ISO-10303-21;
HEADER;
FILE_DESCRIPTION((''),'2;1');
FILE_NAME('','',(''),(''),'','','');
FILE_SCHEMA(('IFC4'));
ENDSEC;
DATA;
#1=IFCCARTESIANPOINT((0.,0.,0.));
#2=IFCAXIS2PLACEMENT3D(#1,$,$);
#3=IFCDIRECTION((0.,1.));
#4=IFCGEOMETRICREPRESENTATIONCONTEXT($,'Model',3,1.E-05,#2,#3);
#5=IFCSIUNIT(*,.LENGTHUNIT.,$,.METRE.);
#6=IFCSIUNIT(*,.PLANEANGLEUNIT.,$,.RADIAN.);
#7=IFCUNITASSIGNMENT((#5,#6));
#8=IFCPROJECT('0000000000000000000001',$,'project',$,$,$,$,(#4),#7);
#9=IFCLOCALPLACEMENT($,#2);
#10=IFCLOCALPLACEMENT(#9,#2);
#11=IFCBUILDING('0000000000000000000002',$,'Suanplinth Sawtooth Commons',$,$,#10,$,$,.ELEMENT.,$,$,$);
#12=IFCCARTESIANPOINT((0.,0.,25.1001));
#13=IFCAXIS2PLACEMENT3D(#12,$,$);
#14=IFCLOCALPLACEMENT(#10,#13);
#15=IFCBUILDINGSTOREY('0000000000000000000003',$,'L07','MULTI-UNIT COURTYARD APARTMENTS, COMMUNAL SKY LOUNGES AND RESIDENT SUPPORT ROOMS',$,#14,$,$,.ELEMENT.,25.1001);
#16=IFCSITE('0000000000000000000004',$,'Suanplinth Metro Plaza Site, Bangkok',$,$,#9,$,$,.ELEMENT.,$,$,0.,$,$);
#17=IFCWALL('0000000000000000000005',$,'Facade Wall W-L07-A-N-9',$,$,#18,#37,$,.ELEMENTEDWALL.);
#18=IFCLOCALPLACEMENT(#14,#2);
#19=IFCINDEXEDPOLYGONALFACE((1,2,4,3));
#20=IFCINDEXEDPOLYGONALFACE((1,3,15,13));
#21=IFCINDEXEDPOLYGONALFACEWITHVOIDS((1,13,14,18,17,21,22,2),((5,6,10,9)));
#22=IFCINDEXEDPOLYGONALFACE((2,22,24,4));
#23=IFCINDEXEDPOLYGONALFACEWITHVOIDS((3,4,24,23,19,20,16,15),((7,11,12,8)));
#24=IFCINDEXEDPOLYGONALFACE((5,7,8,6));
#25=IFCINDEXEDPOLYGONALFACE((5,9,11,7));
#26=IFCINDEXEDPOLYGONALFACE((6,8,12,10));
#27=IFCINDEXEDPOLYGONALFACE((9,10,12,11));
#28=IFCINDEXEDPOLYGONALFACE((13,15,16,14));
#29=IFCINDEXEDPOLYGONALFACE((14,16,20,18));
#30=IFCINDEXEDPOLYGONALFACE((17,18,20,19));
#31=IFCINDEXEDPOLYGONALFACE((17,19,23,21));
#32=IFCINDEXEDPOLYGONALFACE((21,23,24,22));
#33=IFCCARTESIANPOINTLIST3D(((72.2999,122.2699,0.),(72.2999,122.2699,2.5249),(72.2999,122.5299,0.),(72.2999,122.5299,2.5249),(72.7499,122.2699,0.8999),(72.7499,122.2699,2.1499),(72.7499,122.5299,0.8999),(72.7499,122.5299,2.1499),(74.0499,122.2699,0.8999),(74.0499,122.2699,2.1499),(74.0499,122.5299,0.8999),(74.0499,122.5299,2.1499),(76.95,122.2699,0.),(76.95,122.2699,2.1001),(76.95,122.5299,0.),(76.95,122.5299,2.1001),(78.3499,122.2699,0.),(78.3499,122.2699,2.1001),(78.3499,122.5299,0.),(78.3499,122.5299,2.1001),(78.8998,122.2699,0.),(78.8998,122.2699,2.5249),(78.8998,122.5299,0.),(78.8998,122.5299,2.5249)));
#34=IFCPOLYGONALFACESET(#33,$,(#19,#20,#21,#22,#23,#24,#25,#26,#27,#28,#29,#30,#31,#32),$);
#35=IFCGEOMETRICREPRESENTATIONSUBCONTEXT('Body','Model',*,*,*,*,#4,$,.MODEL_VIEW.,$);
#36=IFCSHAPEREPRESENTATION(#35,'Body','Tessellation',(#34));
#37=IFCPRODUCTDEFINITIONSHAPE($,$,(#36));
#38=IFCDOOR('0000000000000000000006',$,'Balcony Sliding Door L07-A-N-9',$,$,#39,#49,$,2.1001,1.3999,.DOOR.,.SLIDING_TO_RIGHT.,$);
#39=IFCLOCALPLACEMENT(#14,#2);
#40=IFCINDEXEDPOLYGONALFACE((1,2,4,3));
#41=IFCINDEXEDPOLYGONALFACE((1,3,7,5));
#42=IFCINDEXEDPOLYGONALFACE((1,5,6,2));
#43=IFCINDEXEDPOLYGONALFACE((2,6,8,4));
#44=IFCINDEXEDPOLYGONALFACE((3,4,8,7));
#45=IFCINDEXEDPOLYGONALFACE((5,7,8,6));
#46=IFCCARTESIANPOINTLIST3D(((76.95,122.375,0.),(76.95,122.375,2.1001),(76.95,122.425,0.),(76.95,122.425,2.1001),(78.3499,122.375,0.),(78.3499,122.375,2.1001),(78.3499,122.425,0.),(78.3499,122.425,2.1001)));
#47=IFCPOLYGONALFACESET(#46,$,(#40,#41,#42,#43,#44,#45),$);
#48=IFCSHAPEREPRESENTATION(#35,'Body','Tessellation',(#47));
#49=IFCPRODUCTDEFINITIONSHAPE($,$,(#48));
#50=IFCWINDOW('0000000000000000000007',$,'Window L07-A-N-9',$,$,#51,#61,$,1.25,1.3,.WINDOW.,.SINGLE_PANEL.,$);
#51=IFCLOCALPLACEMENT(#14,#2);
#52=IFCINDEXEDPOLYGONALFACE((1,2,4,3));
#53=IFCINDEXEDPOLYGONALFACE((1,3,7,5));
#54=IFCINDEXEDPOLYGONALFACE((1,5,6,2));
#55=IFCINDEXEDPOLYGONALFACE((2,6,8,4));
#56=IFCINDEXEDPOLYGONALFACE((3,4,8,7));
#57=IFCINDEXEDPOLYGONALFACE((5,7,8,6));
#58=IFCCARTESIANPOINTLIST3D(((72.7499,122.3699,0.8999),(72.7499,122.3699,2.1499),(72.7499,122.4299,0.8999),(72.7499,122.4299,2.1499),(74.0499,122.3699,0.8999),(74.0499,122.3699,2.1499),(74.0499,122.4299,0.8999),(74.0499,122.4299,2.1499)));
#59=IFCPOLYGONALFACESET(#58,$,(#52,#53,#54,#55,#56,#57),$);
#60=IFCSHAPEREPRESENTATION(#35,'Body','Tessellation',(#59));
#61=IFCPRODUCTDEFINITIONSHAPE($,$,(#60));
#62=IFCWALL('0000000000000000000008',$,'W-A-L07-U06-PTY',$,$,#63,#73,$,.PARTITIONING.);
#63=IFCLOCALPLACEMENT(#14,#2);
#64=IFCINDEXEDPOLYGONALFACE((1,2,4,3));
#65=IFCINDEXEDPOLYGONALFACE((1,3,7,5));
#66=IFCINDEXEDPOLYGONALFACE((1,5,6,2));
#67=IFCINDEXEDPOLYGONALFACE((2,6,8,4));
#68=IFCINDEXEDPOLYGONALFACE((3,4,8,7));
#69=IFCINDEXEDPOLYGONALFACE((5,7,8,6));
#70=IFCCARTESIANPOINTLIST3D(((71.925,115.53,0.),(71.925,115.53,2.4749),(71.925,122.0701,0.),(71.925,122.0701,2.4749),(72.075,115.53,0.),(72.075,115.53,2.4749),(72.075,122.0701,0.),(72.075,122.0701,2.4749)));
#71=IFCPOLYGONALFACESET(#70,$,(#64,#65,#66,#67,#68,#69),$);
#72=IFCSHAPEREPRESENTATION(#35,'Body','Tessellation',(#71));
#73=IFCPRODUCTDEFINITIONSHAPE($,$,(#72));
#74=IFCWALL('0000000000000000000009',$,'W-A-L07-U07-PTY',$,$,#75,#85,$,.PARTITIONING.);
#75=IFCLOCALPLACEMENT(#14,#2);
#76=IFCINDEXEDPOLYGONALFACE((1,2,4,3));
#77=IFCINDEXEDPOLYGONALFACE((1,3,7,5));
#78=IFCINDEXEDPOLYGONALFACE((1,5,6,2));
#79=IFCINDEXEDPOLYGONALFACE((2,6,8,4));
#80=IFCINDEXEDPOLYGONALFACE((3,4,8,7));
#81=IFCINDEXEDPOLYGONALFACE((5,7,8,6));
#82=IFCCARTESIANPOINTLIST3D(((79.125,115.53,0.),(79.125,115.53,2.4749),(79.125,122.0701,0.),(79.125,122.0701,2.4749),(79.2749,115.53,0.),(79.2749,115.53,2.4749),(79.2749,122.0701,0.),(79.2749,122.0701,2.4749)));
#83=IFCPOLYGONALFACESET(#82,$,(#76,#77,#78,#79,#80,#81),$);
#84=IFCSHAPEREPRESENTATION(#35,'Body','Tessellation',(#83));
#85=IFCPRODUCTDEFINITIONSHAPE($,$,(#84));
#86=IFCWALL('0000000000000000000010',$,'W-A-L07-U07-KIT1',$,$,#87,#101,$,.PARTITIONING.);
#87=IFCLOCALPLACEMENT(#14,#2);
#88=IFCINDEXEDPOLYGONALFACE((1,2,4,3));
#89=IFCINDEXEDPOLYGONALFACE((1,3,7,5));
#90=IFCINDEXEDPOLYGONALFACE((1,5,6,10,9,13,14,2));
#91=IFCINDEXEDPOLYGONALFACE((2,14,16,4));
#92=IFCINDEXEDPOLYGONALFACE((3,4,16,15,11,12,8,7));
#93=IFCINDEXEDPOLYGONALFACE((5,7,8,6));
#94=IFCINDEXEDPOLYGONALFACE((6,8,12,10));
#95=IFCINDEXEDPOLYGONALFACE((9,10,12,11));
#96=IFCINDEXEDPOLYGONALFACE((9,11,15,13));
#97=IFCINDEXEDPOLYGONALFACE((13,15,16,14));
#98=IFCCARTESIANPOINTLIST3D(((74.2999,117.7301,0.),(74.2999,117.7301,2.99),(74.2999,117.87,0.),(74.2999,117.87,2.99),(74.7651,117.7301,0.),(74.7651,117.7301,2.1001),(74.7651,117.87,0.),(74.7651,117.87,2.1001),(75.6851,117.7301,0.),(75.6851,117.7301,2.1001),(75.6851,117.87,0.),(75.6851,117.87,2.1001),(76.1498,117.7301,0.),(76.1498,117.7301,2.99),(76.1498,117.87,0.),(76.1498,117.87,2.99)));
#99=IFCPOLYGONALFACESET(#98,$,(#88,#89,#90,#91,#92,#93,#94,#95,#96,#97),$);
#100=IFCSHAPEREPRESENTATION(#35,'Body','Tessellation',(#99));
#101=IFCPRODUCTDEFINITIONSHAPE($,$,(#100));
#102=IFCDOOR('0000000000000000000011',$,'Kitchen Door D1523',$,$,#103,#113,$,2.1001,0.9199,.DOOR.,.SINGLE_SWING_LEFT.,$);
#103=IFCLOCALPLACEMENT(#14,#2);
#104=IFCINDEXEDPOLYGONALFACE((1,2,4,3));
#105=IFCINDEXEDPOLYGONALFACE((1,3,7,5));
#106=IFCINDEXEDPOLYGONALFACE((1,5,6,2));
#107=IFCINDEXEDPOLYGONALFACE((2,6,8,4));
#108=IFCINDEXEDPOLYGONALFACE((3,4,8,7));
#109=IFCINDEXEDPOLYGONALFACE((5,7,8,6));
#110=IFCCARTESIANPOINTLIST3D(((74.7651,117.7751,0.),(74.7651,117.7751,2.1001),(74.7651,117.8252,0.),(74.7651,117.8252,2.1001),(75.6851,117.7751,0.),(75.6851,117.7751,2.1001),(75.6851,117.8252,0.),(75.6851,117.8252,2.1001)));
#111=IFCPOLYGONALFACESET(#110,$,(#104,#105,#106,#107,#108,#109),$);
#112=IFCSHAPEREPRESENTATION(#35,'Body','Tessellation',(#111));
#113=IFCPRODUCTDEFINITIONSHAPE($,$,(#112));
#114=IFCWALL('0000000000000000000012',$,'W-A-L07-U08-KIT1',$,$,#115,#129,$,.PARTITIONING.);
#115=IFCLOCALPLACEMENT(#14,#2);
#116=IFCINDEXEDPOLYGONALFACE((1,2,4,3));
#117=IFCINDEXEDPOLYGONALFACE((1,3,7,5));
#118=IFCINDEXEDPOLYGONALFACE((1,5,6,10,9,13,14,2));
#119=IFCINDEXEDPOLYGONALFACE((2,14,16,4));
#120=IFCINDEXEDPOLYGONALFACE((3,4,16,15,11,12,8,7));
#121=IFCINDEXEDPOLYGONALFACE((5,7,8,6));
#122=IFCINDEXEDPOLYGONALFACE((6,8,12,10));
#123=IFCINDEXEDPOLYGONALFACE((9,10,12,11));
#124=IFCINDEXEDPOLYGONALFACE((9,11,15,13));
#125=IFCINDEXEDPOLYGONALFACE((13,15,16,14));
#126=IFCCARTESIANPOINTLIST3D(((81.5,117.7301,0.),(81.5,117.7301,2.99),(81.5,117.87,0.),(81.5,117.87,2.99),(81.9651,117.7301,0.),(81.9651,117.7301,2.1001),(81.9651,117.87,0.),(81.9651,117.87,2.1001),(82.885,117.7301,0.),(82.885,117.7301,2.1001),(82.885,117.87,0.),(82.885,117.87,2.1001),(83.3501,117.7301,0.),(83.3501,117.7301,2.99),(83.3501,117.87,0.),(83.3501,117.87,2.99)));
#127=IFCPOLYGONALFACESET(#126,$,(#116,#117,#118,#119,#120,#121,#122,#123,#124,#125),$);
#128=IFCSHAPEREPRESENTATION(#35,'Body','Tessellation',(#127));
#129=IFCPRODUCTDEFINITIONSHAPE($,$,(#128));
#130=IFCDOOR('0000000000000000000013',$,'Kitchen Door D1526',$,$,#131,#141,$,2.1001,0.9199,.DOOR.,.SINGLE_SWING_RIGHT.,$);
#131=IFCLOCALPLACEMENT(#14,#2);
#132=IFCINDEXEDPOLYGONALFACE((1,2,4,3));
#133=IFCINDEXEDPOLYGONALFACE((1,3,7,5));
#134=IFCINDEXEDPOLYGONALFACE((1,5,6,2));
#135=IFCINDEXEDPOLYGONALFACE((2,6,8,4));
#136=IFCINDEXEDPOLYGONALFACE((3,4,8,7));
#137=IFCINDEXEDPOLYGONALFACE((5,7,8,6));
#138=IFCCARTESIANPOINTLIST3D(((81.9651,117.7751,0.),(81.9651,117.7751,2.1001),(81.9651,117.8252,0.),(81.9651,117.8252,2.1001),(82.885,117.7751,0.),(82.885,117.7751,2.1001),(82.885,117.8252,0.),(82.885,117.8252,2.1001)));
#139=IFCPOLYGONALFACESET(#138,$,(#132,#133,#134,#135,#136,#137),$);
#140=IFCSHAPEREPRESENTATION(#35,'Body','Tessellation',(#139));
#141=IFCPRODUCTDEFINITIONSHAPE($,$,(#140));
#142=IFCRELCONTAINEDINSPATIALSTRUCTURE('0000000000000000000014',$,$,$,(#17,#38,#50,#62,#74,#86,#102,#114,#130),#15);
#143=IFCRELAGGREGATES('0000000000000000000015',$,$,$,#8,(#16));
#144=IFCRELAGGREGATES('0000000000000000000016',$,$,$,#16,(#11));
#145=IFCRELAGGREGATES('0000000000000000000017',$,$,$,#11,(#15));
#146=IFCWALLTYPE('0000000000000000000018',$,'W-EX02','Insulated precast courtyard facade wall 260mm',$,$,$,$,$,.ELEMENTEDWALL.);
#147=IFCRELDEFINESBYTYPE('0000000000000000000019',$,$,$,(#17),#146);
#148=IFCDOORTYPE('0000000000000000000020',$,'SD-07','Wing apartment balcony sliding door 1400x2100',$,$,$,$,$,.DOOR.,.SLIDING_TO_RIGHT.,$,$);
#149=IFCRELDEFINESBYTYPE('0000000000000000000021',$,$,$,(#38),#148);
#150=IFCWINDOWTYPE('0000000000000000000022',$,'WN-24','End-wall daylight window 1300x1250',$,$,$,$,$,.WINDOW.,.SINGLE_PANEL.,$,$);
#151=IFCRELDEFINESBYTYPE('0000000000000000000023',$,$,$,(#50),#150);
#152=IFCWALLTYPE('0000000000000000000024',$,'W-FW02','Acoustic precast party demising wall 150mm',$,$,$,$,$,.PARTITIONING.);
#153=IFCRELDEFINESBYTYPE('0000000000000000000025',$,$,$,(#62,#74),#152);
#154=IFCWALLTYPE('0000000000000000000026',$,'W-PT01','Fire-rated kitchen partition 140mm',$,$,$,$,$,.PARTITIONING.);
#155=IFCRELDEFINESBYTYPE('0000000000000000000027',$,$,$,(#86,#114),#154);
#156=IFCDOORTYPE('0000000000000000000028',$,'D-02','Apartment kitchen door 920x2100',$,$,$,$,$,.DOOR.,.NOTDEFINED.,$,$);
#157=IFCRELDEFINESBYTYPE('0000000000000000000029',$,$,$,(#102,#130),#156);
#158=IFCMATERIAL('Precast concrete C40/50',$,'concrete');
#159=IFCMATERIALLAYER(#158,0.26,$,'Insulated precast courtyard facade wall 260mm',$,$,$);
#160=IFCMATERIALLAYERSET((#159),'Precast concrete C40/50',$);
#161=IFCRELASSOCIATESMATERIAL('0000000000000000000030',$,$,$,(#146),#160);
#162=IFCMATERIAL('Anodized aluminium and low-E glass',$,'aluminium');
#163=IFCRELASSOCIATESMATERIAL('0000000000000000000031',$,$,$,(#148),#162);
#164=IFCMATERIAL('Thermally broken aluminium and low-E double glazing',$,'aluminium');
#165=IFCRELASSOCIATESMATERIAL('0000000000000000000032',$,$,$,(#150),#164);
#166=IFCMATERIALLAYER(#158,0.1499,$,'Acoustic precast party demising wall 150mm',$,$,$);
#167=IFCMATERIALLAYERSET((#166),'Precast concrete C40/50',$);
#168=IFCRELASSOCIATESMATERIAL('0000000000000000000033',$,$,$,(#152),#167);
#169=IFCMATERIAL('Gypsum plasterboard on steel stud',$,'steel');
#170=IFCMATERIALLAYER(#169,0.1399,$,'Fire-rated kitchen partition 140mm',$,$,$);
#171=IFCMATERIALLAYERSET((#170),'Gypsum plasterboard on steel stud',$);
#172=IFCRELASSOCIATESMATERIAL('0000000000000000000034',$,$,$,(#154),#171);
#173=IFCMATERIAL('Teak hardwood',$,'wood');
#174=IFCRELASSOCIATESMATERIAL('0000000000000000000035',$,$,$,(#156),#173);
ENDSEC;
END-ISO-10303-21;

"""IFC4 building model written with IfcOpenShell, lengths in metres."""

from ifc_helpers import new_model, si_unit, direction, frame, frame_2d, origin, place, context, subcontext, project, spatial, rectangle, extrude, material, layer, layer_set, type_object, element, fill, save


model = new_model("IFC4")

# Units and contexts
model_context = context("Model", 3, precision=1e-05, world=origin(), true_north=direction((0.0, 1.0)))
body_context = subcontext(model_context, "Body", "Model", "MODEL_VIEW")
ifc_project = project(units=[si_unit("LENGTHUNIT", "METRE"), si_unit("PLANEANGLEUNIT", "RADIAN")], contexts=[model_context])

# Site, building, storey
site_placement = place(None, origin())
site = spatial("IfcSite", under=ifc_project, at=site_placement, Name="Suanplinth Metro Plaza Site, Bangkok", CompositionType="ELEMENT", RefElevation=0.0)
building_placement = place(site_placement, origin())
building = spatial("IfcBuilding", under=site, at=building_placement, Name="Suanplinth Sawtooth Commons", CompositionType="ELEMENT")
storey_placement = place(building_placement, frame((0.0, 0.0, 25.1001)))
storey = spatial("IfcBuildingStorey", under=building, at=storey_placement, Name="L07", Description="MULTI-UNIT COURTYARD APARTMENTS, COMMUNAL SKY LOUNGES AND RESIDENT SUPPORT ROOMS", CompositionType="ELEMENT", Elevation=25.1001)

# Shared definitions
ifc_material_1 = material(Name="Precast concrete C40/50", Category="concrete")

# Wall, openings, door, window
ifc_layer_1 = layer(ifc_material_1, 0.26, Name="Insulated precast courtyard facade wall 260mm")
ifc_layer_set_1 = layer_set([ifc_layer_1], Name="Precast concrete C40/50")
wall_type_1 = type_object("IfcWallType", Name="W-EX02", Description="Insulated precast courtyard facade wall 260mm", PredefinedType="ELEMENTEDWALL", material=ifc_layer_set_1)
wall_1_placement = place(storey_placement, frame((72.3, 122.3999, 0.0), z_axis=(0.0, 0.0, 1.0), x_axis=(1.0, 0.0, 0.0)))
wall_1 = element("IfcWall", 1, at=wall_1_placement, inside=storey, type_object=wall_type_1, Name="Facade Wall W-L07-A-N-9", PredefinedType="ELEMENTEDWALL", context=body_context, shape_type="SweptSolid", body=[
    extrude(rectangle(XDim=6.5999, YDim=0.26, at=frame_2d((3.2998, 0.0))), origin(), (0.0, 0.0, 1.0), 2.5249),
])
opening_1_placement = place(wall_1_placement, frame((4.6499, 0.0, 0.0)))
opening_1 = element("IfcOpeningElement", 2, at=opening_1_placement, cuts=wall_1, PredefinedType="OPENING", context=body_context, shape_type="SweptSolid", body=[
    extrude(rectangle(XDim=1.3999, YDim=2.1001, at=frame_2d((0.7, 1.05))), frame((0.0, 0.145, 0.0), z_axis=(0.0, -1.0, 0.0), x_axis=(1.0, 0.0, 0.0)), (0.0, 0.0, 1.0), 0.2898),
])
opening_2_placement = place(wall_1_placement, frame((0.45, 0.0, 0.8999)))
opening_2 = element("IfcOpeningElement", 3, at=opening_2_placement, cuts=wall_1, PredefinedType="OPENING", context=body_context, shape_type="SweptSolid", body=[
    extrude(rectangle(XDim=1.3, YDim=1.25, at=frame_2d((0.6499, 0.625))), frame((0.0, 0.145, 0.0), z_axis=(0.0, -1.0, 0.0), x_axis=(1.0, 0.0, 0.0)), (0.0, 0.0, 1.0), 0.2898),
])
ifc_material_2 = material(Name="Anodized aluminium and low-E glass", Category="aluminium")
door_type_1 = type_object("IfcDoorType", Name="SD-07", Description="Wing apartment balcony sliding door 1400x2100", OperationType="SLIDING_TO_RIGHT", PredefinedType="DOOR", material=ifc_material_2)
door_1_placement = place(opening_1_placement, frame((1.3999, 0.0, 0.0), z_axis=(0.0, 0.0, 1.0), x_axis=(-1.0, 0.0, 0.0)))
door_1 = element("IfcDoor", 4, at=door_1_placement, inside=storey, type_object=door_type_1, Name="Balcony Sliding Door L07-A-N-9", OperationType="SLIDING_TO_RIGHT", OverallHeight=2.1001, OverallWidth=1.3999, PredefinedType="DOOR", context=body_context, shape_type="SweptSolid", body=[
    extrude(rectangle(XDim=1.3999, YDim=2.1001, at=frame_2d((0.7, 1.05))), frame((0.0, 0.0249, 0.0), z_axis=(0.0, -1.0, 0.0), x_axis=(1.0, 0.0, 0.0)), (0.0, 0.0, 1.0), 0.05),
])
fill(opening_1, door_1)
ifc_material_3 = material(Name="Thermally broken aluminium and low-E double glazing", Category="aluminium")
window_type_1 = type_object("IfcWindowType", Name="WN-24", Description="End-wall daylight window 1300x1250", PartitioningType="SINGLE_PANEL", PredefinedType="WINDOW", material=ifc_material_3)
window_1_placement = place(opening_2_placement, origin())
window_1 = element("IfcWindow", 5, at=window_1_placement, inside=storey, type_object=window_type_1, Name="Window L07-A-N-9", OverallHeight=1.25, OverallWidth=1.3, PartitioningType="SINGLE_PANEL", PredefinedType="WINDOW", context=body_context, shape_type="SweptSolid", body=[
    extrude(rectangle(XDim=1.3, YDim=1.25, at=frame_2d((0.6499, 0.625))), frame((0.0, 0.03, 0.0), z_axis=(0.0, -1.0, 0.0), x_axis=(1.0, 0.0, 0.0)), (0.0, 0.0, 1.0), 0.0601),
])
fill(opening_2, window_1)

# Walls
ifc_layer_2 = layer(ifc_material_1, 0.1499, Name="Acoustic precast party demising wall 150mm")
ifc_layer_set_2 = layer_set([ifc_layer_2], Name="Precast concrete C40/50")
wall_type_2 = type_object("IfcWallType", Name="W-FW02", Description="Acoustic precast party demising wall 150mm", PredefinedType="PARTITIONING", material=ifc_layer_set_2)
for number, where, z_axis, x_axis, name in (
    (6, (72.0, 115.53, 0.0), (0.0, 0.0, 1.0), (0.0, 1.0, 0.0), "W-A-L07-U06-PTY"),
    (7, (79.2, 115.53, 0.0), (0.0, 0.0, 1.0), (0.0, 1.0, 0.0), "W-A-L07-U07-PTY"),
):
    element("IfcWall", number, at=place(storey_placement, frame(where, z_axis=z_axis, x_axis=x_axis)), inside=storey, type_object=wall_type_2, Name=name, PredefinedType="PARTITIONING", context=body_context, shape_type="SweptSolid", body=[
        extrude(rectangle(XDim=6.54, YDim=0.1499, at=frame_2d((3.27, 0.0))), origin(), (0.0, 0.0, 1.0), 2.4749),
    ])

# Walls, openings, doors
ifc_material_4 = material(Name="Gypsum plasterboard on steel stud", Category="steel")
ifc_layer_3 = layer(ifc_material_4, 0.1399, Name="Fire-rated kitchen partition 140mm")
ifc_layer_set_3 = layer_set([ifc_layer_3], Name="Gypsum plasterboard on steel stud")
wall_type_3 = type_object("IfcWallType", Name="W-PT01", Description="Fire-rated kitchen partition 140mm", PredefinedType="PARTITIONING", material=ifc_layer_set_3)
wall_2_placement = place(storey_placement, frame((74.3, 117.8, 0.0), z_axis=(0.0, 0.0, 1.0), x_axis=(1.0, 0.0, 0.0)))
wall_2 = element("IfcWall", 8, at=wall_2_placement, inside=storey, type_object=wall_type_3, Name="W-A-L07-U07-KIT1", PredefinedType="PARTITIONING", context=body_context, shape_type="SweptSolid", body=[
    extrude(rectangle(XDim=1.8499, YDim=0.1399, at=frame_2d((0.9248, 0.0))), origin(), (0.0, 0.0, 1.0), 2.99),
])
opening_3_placement = place(wall_2_placement, frame((0.4651, 0.0, 0.0)))
opening_3 = element("IfcOpeningElement", 9, at=opening_3_placement, cuts=wall_2, PredefinedType="OPENING", context=body_context, shape_type="SweptSolid", body=[
    extrude(rectangle(XDim=0.9199, YDim=2.1001, at=frame_2d((0.46, 1.05))), frame((0.0, 0.085, 0.0), z_axis=(0.0, -1.0, 0.0), x_axis=(1.0, 0.0, 0.0)), (0.0, 0.0, 1.0), 0.1697),
])
ifc_material_5 = material(Name="Teak hardwood", Category="wood")
door_type_2 = type_object("IfcDoorType", Name="D-02", Description="Apartment kitchen door 920x2100", OperationType="NOTDEFINED", PredefinedType="DOOR", material=ifc_material_5)
door_2_placement = place(opening_3_placement, frame((0.9199, 0.0, 0.0), z_axis=(0.0, 0.0, 1.0), x_axis=(-1.0, 0.0, 0.0)))
door_2 = element("IfcDoor", 10, at=door_2_placement, inside=storey, type_object=door_type_2, Name="Kitchen Door D1523", OperationType="SINGLE_SWING_LEFT", OverallHeight=2.1001, OverallWidth=0.9199, PredefinedType="DOOR", context=body_context, shape_type="SweptSolid", body=[
    extrude(rectangle(XDim=0.9199, YDim=2.1001, at=frame_2d((0.46, 1.05))), frame((0.0, 0.0249, 0.0), z_axis=(0.0, -1.0, 0.0), x_axis=(1.0, 0.0, 0.0)), (0.0, 0.0, 1.0), 0.05),
])
fill(opening_3, door_2)
wall_3_placement = place(storey_placement, frame((81.5, 117.8, 0.0), z_axis=(0.0, 0.0, 1.0), x_axis=(1.0, 0.0, 0.0)))
wall_3 = element("IfcWall", 11, at=wall_3_placement, inside=storey, type_object=wall_type_3, Name="W-A-L07-U08-KIT1", PredefinedType="PARTITIONING", context=body_context, shape_type="SweptSolid", body=[
    extrude(rectangle(XDim=1.8501, YDim=0.1399, at=frame_2d((0.925, 0.0))), origin(), (0.0, 0.0, 1.0), 2.99),
])
opening_4_placement = place(wall_3_placement, frame((0.4651, 0.0, 0.0)))
opening_4 = element("IfcOpeningElement", 12, at=opening_4_placement, cuts=wall_3, PredefinedType="OPENING", context=body_context, shape_type="SweptSolid", body=[
    extrude(rectangle(XDim=0.9199, YDim=2.1001, at=frame_2d((0.46, 1.05))), frame((0.0, 0.085, 0.0), z_axis=(0.0, -1.0, 0.0), x_axis=(1.0, 0.0, 0.0)), (0.0, 0.0, 1.0), 0.1697),
])
door_3_placement = place(opening_4_placement, frame((0.9199, 0.0, 0.0), z_axis=(0.0, 0.0, 1.0), x_axis=(-1.0, 0.0, 0.0)))
door_3 = element("IfcDoor", 13, at=door_3_placement, inside=storey, type_object=door_type_2, Name="Kitchen Door D1526", OperationType="SINGLE_SWING_RIGHT", OverallHeight=2.1001, OverallWidth=0.9199, PredefinedType="DOOR", context=body_context, shape_type="SweptSolid", body=[
    extrude(rectangle(XDim=0.9199, YDim=2.1001, at=frame_2d((0.46, 1.05))), frame((0.0, 0.0249, 0.0), z_axis=(0.0, -1.0, 0.0), x_axis=(1.0, 0.0, 0.0)), (0.0, 0.0, 1.0), 0.05),
])
fill(opening_4, door_3)

save(model, "model.ifc")
